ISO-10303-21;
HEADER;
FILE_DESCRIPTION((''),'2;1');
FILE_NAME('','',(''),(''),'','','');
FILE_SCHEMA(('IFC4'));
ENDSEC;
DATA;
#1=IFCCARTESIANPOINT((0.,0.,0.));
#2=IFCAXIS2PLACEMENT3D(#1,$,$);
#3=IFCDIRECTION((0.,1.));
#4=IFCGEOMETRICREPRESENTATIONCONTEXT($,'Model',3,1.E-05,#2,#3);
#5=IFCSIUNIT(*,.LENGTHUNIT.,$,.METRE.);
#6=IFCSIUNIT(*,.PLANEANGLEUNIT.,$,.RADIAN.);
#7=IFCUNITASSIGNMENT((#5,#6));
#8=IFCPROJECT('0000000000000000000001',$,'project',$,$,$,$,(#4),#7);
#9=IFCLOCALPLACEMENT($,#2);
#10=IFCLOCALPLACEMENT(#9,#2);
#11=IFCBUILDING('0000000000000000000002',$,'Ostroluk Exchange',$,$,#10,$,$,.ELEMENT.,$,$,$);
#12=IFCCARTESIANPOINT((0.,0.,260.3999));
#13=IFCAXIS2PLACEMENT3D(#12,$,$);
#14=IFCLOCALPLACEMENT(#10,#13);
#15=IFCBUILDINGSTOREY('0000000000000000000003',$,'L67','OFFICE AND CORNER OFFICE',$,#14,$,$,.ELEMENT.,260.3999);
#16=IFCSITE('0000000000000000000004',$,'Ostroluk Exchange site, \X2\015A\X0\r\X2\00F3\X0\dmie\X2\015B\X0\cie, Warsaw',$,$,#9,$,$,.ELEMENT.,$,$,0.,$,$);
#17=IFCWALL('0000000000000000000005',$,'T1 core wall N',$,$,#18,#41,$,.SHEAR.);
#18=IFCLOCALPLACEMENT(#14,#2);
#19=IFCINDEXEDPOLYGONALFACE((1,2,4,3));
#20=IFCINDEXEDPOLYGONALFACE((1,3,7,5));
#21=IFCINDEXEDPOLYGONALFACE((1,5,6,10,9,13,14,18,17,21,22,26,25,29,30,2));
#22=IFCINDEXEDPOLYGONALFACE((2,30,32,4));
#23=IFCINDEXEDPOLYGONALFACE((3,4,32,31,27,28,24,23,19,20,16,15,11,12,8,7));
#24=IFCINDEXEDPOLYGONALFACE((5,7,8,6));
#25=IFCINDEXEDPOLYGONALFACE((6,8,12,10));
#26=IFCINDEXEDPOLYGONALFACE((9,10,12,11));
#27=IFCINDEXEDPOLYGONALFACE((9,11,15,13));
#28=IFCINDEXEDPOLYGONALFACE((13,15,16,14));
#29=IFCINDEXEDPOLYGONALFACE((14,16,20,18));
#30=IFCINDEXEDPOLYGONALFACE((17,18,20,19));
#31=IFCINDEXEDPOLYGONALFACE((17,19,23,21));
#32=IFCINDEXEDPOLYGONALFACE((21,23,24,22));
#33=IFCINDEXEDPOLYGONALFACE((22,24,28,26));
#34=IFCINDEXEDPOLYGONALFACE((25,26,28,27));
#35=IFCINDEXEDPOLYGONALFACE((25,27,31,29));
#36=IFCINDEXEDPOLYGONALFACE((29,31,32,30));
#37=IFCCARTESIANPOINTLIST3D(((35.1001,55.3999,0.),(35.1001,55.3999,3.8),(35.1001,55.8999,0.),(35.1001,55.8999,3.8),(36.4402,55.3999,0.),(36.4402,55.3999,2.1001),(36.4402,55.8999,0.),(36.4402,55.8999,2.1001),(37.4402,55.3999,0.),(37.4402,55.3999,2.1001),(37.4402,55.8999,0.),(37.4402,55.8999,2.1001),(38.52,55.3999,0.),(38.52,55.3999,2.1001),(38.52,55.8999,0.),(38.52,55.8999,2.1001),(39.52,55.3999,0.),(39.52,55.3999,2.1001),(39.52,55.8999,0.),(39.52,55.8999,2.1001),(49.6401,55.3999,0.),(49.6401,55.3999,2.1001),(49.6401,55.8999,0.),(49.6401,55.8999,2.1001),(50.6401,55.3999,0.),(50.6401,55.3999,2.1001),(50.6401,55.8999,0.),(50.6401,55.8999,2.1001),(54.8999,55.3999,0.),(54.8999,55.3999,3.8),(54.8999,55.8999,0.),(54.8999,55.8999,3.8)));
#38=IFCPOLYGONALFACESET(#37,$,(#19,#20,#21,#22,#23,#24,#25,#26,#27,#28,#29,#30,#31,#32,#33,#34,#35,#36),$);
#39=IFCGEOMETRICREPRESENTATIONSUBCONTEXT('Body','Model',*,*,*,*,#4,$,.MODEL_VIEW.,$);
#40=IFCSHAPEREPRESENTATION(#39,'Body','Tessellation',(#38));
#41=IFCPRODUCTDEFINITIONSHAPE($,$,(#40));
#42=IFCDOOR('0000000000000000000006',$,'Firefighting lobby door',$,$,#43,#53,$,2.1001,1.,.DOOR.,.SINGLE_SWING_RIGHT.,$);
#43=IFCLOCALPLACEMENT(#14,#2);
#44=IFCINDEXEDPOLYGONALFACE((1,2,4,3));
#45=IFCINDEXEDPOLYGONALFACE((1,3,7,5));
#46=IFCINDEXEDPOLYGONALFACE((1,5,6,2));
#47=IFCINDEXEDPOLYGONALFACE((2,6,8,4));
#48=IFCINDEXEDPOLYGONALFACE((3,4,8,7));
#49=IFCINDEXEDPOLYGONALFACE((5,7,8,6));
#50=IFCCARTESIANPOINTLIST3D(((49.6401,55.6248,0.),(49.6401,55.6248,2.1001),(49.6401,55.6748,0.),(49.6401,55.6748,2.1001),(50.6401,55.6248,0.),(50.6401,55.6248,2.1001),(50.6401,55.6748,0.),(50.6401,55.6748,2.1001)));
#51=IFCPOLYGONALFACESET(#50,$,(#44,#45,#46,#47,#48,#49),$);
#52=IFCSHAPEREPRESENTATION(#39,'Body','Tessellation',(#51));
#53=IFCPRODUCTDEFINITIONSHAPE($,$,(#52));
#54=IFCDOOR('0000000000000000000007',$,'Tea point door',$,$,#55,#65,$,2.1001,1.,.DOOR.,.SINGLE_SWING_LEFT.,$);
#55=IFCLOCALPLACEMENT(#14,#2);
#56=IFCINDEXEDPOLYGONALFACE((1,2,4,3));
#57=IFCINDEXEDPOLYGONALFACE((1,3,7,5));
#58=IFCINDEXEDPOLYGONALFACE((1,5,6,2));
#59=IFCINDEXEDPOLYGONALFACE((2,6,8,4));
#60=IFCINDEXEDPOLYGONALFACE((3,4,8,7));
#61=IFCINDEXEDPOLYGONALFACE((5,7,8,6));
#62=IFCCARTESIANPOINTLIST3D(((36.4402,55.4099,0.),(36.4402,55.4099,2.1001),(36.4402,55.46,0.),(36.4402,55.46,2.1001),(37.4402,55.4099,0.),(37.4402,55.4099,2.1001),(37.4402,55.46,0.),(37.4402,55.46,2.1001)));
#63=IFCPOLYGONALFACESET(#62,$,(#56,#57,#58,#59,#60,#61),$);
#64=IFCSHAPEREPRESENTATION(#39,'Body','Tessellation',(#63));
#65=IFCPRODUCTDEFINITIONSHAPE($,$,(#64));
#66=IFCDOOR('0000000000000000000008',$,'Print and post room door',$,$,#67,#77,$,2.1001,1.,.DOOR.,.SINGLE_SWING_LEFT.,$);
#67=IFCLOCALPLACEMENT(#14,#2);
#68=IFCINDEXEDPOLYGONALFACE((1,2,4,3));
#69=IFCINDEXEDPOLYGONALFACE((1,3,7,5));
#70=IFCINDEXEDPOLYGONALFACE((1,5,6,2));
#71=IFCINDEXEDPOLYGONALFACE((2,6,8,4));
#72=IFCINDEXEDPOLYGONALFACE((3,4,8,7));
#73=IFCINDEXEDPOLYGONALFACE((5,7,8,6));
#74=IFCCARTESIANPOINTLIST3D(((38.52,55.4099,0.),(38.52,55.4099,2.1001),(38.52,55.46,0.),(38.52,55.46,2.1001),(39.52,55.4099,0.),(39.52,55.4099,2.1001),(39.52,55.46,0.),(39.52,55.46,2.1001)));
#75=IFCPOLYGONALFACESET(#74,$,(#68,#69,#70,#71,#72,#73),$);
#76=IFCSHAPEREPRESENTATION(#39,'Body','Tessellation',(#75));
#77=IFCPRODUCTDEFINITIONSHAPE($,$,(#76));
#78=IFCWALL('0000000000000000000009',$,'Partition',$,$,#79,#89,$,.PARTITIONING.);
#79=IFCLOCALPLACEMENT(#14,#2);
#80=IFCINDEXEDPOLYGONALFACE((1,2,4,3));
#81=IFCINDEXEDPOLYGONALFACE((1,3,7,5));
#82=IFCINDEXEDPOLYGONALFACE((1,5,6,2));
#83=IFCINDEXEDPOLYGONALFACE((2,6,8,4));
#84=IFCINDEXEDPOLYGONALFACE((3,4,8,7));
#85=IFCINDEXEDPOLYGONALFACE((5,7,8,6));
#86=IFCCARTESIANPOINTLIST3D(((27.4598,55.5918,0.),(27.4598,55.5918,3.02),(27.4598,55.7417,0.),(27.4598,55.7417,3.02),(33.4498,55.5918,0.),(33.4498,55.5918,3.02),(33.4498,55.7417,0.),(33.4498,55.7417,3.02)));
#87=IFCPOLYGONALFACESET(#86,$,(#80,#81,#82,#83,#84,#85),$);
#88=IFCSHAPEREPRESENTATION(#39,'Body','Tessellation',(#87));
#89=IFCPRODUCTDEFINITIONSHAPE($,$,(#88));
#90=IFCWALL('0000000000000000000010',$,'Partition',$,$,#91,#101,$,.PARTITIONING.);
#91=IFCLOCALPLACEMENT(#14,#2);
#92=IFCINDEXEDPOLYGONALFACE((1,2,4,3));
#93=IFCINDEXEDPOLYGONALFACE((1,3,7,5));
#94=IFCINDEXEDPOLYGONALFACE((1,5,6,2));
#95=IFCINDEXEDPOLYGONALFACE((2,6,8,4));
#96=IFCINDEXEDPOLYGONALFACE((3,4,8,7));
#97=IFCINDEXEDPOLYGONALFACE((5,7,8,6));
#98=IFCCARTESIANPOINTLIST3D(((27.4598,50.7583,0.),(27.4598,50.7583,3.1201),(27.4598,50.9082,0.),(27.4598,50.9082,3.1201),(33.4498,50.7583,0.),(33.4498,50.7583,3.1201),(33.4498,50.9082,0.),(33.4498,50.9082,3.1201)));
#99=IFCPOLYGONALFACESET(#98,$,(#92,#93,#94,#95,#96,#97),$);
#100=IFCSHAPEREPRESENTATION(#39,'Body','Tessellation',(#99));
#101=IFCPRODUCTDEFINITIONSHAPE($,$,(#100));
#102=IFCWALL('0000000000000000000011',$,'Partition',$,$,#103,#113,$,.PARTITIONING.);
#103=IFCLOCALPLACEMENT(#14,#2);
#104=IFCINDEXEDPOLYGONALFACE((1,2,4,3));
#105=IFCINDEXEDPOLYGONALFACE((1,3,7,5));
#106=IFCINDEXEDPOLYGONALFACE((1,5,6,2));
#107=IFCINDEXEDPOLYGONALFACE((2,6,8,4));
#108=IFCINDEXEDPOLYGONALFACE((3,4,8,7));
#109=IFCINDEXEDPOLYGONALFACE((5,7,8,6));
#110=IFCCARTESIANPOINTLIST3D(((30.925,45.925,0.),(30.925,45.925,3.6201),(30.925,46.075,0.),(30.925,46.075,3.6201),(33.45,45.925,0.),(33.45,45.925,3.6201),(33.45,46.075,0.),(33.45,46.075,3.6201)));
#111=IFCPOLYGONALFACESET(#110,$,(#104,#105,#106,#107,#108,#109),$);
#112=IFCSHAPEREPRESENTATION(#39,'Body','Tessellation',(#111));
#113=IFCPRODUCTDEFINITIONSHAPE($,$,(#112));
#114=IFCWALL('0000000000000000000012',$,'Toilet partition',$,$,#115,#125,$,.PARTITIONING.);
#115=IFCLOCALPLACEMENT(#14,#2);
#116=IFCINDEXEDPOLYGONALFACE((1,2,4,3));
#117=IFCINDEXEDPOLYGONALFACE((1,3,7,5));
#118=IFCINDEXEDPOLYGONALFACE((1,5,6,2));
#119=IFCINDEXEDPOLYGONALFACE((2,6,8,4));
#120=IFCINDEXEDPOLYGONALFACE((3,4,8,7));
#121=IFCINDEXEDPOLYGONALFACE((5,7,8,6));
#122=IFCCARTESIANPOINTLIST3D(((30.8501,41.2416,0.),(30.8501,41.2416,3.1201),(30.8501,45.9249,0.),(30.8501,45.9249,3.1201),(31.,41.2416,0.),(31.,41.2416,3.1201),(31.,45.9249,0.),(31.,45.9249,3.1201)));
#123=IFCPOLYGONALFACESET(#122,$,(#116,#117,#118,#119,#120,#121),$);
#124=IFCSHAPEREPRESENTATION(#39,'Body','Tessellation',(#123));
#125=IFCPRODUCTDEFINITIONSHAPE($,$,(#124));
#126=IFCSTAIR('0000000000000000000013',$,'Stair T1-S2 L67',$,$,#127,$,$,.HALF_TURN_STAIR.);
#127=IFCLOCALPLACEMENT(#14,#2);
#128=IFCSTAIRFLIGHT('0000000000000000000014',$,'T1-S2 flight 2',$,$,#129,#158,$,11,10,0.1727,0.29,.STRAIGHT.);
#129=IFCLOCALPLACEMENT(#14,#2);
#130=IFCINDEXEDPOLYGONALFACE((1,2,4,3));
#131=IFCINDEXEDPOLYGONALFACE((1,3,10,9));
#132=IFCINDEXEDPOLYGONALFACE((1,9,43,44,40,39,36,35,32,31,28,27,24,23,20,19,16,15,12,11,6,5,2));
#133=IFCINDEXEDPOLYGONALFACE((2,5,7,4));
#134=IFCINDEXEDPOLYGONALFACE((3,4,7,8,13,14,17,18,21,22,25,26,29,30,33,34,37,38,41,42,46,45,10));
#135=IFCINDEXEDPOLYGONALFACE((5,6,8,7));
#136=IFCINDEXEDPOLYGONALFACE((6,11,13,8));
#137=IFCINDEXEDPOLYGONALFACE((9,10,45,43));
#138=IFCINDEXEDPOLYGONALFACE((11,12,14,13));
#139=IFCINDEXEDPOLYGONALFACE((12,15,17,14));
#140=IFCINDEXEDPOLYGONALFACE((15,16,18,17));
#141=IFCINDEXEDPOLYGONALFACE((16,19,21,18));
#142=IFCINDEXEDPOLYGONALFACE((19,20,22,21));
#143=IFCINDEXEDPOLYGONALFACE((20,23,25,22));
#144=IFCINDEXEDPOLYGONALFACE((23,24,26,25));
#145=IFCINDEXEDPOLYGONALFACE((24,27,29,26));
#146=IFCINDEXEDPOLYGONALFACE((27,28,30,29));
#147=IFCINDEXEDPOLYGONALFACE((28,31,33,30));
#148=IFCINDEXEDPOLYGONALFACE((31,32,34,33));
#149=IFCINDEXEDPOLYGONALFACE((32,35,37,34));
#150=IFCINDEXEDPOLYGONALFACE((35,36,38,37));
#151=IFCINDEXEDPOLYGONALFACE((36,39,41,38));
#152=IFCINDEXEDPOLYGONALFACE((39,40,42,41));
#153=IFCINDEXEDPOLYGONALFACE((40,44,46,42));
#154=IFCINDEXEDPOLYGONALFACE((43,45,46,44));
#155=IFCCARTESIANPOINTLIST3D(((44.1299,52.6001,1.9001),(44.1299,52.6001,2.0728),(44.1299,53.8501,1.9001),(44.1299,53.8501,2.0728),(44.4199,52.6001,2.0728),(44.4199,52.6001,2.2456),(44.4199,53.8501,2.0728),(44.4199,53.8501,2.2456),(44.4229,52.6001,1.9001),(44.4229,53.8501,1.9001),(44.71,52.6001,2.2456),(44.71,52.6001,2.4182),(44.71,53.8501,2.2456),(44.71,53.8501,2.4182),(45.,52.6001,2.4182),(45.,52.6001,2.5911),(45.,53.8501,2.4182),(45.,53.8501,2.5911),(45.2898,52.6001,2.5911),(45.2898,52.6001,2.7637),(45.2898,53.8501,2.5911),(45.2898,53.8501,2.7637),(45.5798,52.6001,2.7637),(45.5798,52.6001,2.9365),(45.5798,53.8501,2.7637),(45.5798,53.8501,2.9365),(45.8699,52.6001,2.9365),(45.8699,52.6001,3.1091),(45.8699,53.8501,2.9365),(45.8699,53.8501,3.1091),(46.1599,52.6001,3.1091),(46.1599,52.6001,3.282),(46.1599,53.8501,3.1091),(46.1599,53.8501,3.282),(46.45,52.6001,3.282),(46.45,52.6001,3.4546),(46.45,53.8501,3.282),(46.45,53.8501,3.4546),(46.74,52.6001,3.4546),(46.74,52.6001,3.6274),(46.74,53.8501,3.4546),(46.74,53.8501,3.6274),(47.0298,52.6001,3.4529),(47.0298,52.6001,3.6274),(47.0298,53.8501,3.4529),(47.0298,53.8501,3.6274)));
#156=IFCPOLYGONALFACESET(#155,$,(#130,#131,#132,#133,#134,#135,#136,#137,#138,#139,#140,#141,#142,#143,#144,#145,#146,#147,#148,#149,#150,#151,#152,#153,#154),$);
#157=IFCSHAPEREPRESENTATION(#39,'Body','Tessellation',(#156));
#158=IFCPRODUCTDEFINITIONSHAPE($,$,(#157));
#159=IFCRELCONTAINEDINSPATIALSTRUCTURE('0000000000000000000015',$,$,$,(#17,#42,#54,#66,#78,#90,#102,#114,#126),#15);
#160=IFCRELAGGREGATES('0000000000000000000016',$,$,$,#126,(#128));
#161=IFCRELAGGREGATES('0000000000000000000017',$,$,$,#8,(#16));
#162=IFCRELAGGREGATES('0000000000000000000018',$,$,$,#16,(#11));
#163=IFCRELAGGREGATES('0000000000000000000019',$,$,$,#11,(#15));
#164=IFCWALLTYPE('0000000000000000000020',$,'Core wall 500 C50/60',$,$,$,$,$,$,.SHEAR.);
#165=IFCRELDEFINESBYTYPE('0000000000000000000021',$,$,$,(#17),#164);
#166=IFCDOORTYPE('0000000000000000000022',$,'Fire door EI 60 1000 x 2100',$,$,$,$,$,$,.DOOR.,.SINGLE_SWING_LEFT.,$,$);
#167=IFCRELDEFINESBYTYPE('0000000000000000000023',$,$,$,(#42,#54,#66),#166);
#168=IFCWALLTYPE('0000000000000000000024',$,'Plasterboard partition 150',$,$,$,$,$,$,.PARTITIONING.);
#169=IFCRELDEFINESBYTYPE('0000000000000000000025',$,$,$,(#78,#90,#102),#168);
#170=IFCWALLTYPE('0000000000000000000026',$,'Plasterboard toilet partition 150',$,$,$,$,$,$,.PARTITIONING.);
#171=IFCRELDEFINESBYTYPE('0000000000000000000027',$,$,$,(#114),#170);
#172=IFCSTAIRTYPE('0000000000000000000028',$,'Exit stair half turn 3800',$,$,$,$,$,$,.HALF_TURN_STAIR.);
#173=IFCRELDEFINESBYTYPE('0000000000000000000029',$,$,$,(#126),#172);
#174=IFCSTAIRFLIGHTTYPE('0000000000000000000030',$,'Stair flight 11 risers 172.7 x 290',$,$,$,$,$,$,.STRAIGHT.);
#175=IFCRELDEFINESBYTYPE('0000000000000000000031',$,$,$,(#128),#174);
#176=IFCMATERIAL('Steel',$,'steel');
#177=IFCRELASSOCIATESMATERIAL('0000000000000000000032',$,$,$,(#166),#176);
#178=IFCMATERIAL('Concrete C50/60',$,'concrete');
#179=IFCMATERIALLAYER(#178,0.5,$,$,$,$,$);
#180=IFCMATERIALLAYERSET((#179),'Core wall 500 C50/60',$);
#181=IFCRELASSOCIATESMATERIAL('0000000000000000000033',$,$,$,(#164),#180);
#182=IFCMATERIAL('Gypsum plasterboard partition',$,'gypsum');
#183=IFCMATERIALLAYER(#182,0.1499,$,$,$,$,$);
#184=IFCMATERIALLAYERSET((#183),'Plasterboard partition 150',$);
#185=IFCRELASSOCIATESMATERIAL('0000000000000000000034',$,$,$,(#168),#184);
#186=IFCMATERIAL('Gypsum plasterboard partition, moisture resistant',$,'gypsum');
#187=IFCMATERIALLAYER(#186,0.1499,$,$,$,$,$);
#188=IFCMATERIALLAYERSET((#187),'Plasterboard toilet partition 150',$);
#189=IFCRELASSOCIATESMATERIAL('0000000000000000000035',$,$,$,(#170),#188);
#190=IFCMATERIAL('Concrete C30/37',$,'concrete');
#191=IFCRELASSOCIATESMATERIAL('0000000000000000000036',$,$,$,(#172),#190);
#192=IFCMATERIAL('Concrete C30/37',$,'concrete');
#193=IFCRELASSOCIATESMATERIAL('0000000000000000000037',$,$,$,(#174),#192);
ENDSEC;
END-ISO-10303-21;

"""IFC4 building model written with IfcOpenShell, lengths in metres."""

from ifc_helpers import new_model, si_unit, direction, frame, frame_2d, origin, place, context, subcontext, project, spatial, polyline, rectangle, outline, extrude, material, layer, layer_set, type_object, element, fill, aggregate, save


model = new_model("IFC4")

# Units and contexts
model_context = context("Model", 3, precision=1e-05, world=origin(), true_north=direction((0.0, 1.0)))
body_context = subcontext(model_context, "Body", "Model", "MODEL_VIEW")
ifc_project = project(units=[si_unit("LENGTHUNIT", "METRE"), si_unit("PLANEANGLEUNIT", "RADIAN")], contexts=[model_context])

# Site, building, storey
site_placement = place(None, origin())
site = spatial("IfcSite", under=ifc_project, at=site_placement, Name="Ostroluk Exchange site, Śródmieście, Warsaw", CompositionType="ELEMENT", RefElevation=0.0)
building_placement = place(site_placement, origin())
building = spatial("IfcBuilding", under=site, at=building_placement, Name="Ostroluk Exchange", CompositionType="ELEMENT")
storey_placement = place(building_placement, frame((0.0, 0.0, 260.3999)))
storey = spatial("IfcBuildingStorey", under=building, at=storey_placement, Name="L67", Description="OFFICE AND CORNER OFFICE", CompositionType="ELEMENT", Elevation=260.3999)

# Wall, openings, doors
ifc_material_1 = material(Name="Steel", Category="steel")
door_type_1 = type_object("IfcDoorType", Name="Fire door EI 60 1000 x 2100", OperationType="SINGLE_SWING_LEFT", PredefinedType="DOOR", material=ifc_material_1)
ifc_material_2 = material(Name="Concrete C50/60", Category="concrete")
ifc_layer_1 = layer(ifc_material_2, 0.5)
ifc_layer_set_1 = layer_set([ifc_layer_1], Name="Core wall 500 C50/60")
wall_type_1 = type_object("IfcWallType", Name="Core wall 500 C50/60", PredefinedType="SHEAR", material=ifc_layer_set_1)
wall_1_placement = place(storey_placement, frame((35.1001, 55.6499, 0.0), z_axis=(0.0, 0.0, 1.0), x_axis=(1.0, 0.0, 0.0)))
wall_1 = element("IfcWall", 1, at=wall_1_placement, inside=storey, type_object=wall_type_1, Name="T1 core wall N", PredefinedType="SHEAR", context=body_context, shape_type="SweptSolid", body=[
    extrude(rectangle(XDim=19.7998, YDim=0.5, at=frame_2d((9.8999, 0.0))), origin(), (0.0, 0.0, 1.0), 3.8),
])
opening_1_placement = place(wall_1_placement, frame((14.54, 0.0, 0.0)))
opening_1 = element("IfcOpeningElement", 2, at=opening_1_placement, cuts=wall_1, PredefinedType="OPENING", context=body_context, shape_type="SweptSolid", body=[
    extrude(rectangle(XDim=1.0, YDim=2.1001, at=frame_2d((0.5, 1.05))), frame((0.0, 0.26, 0.0), z_axis=(0.0, -1.0, 0.0), x_axis=(1.0, 0.0, 0.0)), (0.0, 0.0, 1.0), 0.52),
])
opening_2_placement = place(wall_1_placement, frame((1.3401, 0.0, 0.0)))
opening_2 = element("IfcOpeningElement", 3, at=opening_2_placement, cuts=wall_1, PredefinedType="OPENING", context=body_context, shape_type="SweptSolid", body=[
    extrude(rectangle(XDim=1.0, YDim=2.1001, at=frame_2d((0.5, 1.05))), frame((0.0, 0.26, 0.0), z_axis=(0.0, -1.0, 0.0), x_axis=(1.0, 0.0, 0.0)), (0.0, 0.0, 1.0), 0.52),
])
opening_3_placement = place(wall_1_placement, frame((3.4199, 0.0, 0.0)))
opening_3 = element("IfcOpeningElement", 4, at=opening_3_placement, cuts=wall_1, PredefinedType="OPENING", context=body_context, shape_type="SweptSolid", body=[
    extrude(rectangle(XDim=1.0, YDim=2.1001, at=frame_2d((0.5, 1.05))), frame((0.0, 0.26, 0.0), z_axis=(0.0, -1.0, 0.0), x_axis=(1.0, 0.0, 0.0)), (0.0, 0.0, 1.0), 0.52),
])
door_1_placement = place(opening_1_placement, origin())
door_1 = element("IfcDoor", 5, at=door_1_placement, inside=storey, type_object=door_type_1, Name="Firefighting lobby door", OperationType="SINGLE_SWING_RIGHT", OverallHeight=2.1001, OverallWidth=1.0, PredefinedType="DOOR", context=body_context, shape_type="SweptSolid", body=[
    extrude(rectangle(XDim=1.0, YDim=2.1001, at=frame_2d((0.5, 1.05))), frame((0.0, 0.0249, 0.0), z_axis=(0.0, -1.0, 0.0), x_axis=(1.0, 0.0, 0.0)), (0.0, 0.0, 1.0), 0.05),
])
fill(opening_1, door_1)
door_2_placement = place(opening_2_placement, origin())
door_2 = element("IfcDoor", 6, at=door_2_placement, inside=storey, type_object=door_type_1, Name="Tea point door", OperationType="SINGLE_SWING_LEFT", OverallHeight=2.1001, OverallWidth=1.0, PredefinedType="DOOR", context=body_context, shape_type="SweptSolid", body=[
    extrude(rectangle(XDim=1.0, YDim=2.1001, at=frame_2d((0.5, 1.05))), frame((0.0, -0.1899, 0.0), z_axis=(0.0, -1.0, 0.0), x_axis=(1.0, 0.0, 0.0)), (0.0, 0.0, 1.0), 0.05),
])
fill(opening_2, door_2)
door_3_placement = place(opening_3_placement, origin())
door_3 = element("IfcDoor", 7, at=door_3_placement, inside=storey, type_object=door_type_1, Name="Print and post room door", OperationType="SINGLE_SWING_LEFT", OverallHeight=2.1001, OverallWidth=1.0, PredefinedType="DOOR", context=body_context, shape_type="SweptSolid", body=[
    extrude(rectangle(XDim=1.0, YDim=2.1001, at=frame_2d((0.5, 1.05))), frame((0.0, -0.1899, 0.0), z_axis=(0.0, -1.0, 0.0), x_axis=(1.0, 0.0, 0.0)), (0.0, 0.0, 1.0), 0.05),
])
fill(opening_3, door_3)

# Walls
ifc_material_3 = material(Name="Gypsum plasterboard partition", Category="gypsum")
ifc_layer_2 = layer(ifc_material_3, 0.1499)
ifc_layer_set_2 = layer_set([ifc_layer_2], Name="Plasterboard partition 150")
wall_type_2 = type_object("IfcWallType", Name="Plasterboard partition 150", PredefinedType="PARTITIONING", material=ifc_layer_set_2)
wall_2_placement = place(storey_placement, frame((33.45, 55.6667, 0.0), z_axis=(0.0, 0.0, 1.0), x_axis=(-1.0, 0.0, 0.0)))
element("IfcWall", 8, at=wall_2_placement, inside=storey, type_object=wall_type_2, Name="Partition", PredefinedType="PARTITIONING", context=body_context, shape_type="SweptSolid", body=[
    extrude(rectangle(XDim=5.99, YDim=0.1499, at=frame_2d((2.9951, 0.0))), origin(), (0.0, 0.0, 1.0), 3.02),
])
wall_3_placement = place(storey_placement, frame((33.45, 50.8333, 0.0), z_axis=(0.0, 0.0, 1.0), x_axis=(-1.0, 0.0, 0.0)))
element("IfcWall", 9, at=wall_3_placement, inside=storey, type_object=wall_type_2, Name="Partition", PredefinedType="PARTITIONING", context=body_context, shape_type="SweptSolid", body=[
    extrude(rectangle(XDim=5.99, YDim=0.1499, at=frame_2d((2.9951, 0.0))), origin(), (0.0, 0.0, 1.0), 3.1201),
])
wall_4_placement = place(storey_placement, frame((33.45, 46.0, 0.0), z_axis=(0.0, 0.0, 1.0), x_axis=(-1.0, 0.0, 0.0)))
element("IfcWall", 10, at=wall_4_placement, inside=storey, type_object=wall_type_2, Name="Partition", PredefinedType="PARTITIONING", context=body_context, shape_type="SweptSolid", body=[
    extrude(rectangle(XDim=2.5249, YDim=0.1499, at=frame_2d((1.2625, 0.0))), origin(), (0.0, 0.0, 1.0), 3.6201),
])
ifc_material_4 = material(Name="Gypsum plasterboard partition, moisture resistant", Category="gypsum")
ifc_layer_3 = layer(ifc_material_4, 0.1499)
ifc_layer_set_3 = layer_set([ifc_layer_3], Name="Plasterboard toilet partition 150")
wall_type_3 = type_object("IfcWallType", Name="Plasterboard toilet partition 150", PredefinedType="PARTITIONING", material=ifc_layer_set_3)
wall_5_placement = place(storey_placement, frame((30.925, 45.925, 0.0), z_axis=(0.0, 0.0, 1.0), x_axis=(0.0, -1.0, 0.0)))
element("IfcWall", 11, at=wall_5_placement, inside=storey, type_object=wall_type_3, Name="Toilet partition", PredefinedType="PARTITIONING", context=body_context, shape_type="SweptSolid", body=[
    extrude(rectangle(XDim=4.6833, YDim=0.1499, at=frame_2d((2.3418, 0.0))), origin(), (0.0, 0.0, 1.0), 3.1201),
])

# Stair, stair flight
ifc_material_5 = material(Name="Concrete C30/37", Category="concrete")
stair_type = type_object("IfcStairType", Name="Exit stair half turn 3800", PredefinedType="HALF_TURN_STAIR", material=ifc_material_5)
stair_placement = place(storey_placement, origin())
stair = element("IfcStair", 12, at=stair_placement, inside=storey, type_object=stair_type, Name="Stair T1-S2 L67", PredefinedType="HALF_TURN_STAIR")
ifc_material_6 = material(Name="Concrete C30/37", Category="concrete")
stair_flight_type = type_object("IfcStairFlightType", Name="Stair flight 11 risers 172.7 x 290", PredefinedType="STRAIGHT", material=ifc_material_6)
stair_flight_placement = place(storey_placement, frame((44.1299, 53.2251, 1.9001), z_axis=(0.0, 0.0, 1.0), x_axis=(1.0, 0.0, 0.0)))
stair_flight = element("IfcStairFlight", 13, at=stair_flight_placement, type_object=stair_flight_type, Name="T1-S2 flight 2", NumberOfRisers=11, NumberOfTreads=10, PredefinedType="STRAIGHT", RiserHeight=0.1727, TreadLength=0.29, context=body_context, shape_type="SweptSolid", body=[
    extrude(outline(polyline([(0.0, 0.0), (0.0, 0.1726), (0.29, 0.1726), (0.29, 0.3455), (0.5801, 0.3455), (0.5801, 0.5181), (0.8701, 0.5181), (0.8701, 0.6909), (1.1599, 0.6909), (1.1599, 0.8635), (1.45, 0.8635), (1.45, 1.0364), (1.74, 1.0364), (1.74, 1.209), (2.03, 1.209), (2.03, 1.3818), (2.3201, 1.3818), (2.3201, 1.5544), (2.6101, 1.5544), (2.6101, 1.7273), (2.8999, 1.7273), (2.8999, 1.8999), (2.8999, 1.5527), (0.293, 0.0), (0.0, 0.0)])), frame((0.0, 0.625, 0.0), z_axis=(0.0, -1.0, 0.0), x_axis=(1.0, 0.0, 0.0)), (0.0, 0.0, 1.0), 1.25),
])
aggregate(stair, [stair_flight])

save(model, "model.ifc")
